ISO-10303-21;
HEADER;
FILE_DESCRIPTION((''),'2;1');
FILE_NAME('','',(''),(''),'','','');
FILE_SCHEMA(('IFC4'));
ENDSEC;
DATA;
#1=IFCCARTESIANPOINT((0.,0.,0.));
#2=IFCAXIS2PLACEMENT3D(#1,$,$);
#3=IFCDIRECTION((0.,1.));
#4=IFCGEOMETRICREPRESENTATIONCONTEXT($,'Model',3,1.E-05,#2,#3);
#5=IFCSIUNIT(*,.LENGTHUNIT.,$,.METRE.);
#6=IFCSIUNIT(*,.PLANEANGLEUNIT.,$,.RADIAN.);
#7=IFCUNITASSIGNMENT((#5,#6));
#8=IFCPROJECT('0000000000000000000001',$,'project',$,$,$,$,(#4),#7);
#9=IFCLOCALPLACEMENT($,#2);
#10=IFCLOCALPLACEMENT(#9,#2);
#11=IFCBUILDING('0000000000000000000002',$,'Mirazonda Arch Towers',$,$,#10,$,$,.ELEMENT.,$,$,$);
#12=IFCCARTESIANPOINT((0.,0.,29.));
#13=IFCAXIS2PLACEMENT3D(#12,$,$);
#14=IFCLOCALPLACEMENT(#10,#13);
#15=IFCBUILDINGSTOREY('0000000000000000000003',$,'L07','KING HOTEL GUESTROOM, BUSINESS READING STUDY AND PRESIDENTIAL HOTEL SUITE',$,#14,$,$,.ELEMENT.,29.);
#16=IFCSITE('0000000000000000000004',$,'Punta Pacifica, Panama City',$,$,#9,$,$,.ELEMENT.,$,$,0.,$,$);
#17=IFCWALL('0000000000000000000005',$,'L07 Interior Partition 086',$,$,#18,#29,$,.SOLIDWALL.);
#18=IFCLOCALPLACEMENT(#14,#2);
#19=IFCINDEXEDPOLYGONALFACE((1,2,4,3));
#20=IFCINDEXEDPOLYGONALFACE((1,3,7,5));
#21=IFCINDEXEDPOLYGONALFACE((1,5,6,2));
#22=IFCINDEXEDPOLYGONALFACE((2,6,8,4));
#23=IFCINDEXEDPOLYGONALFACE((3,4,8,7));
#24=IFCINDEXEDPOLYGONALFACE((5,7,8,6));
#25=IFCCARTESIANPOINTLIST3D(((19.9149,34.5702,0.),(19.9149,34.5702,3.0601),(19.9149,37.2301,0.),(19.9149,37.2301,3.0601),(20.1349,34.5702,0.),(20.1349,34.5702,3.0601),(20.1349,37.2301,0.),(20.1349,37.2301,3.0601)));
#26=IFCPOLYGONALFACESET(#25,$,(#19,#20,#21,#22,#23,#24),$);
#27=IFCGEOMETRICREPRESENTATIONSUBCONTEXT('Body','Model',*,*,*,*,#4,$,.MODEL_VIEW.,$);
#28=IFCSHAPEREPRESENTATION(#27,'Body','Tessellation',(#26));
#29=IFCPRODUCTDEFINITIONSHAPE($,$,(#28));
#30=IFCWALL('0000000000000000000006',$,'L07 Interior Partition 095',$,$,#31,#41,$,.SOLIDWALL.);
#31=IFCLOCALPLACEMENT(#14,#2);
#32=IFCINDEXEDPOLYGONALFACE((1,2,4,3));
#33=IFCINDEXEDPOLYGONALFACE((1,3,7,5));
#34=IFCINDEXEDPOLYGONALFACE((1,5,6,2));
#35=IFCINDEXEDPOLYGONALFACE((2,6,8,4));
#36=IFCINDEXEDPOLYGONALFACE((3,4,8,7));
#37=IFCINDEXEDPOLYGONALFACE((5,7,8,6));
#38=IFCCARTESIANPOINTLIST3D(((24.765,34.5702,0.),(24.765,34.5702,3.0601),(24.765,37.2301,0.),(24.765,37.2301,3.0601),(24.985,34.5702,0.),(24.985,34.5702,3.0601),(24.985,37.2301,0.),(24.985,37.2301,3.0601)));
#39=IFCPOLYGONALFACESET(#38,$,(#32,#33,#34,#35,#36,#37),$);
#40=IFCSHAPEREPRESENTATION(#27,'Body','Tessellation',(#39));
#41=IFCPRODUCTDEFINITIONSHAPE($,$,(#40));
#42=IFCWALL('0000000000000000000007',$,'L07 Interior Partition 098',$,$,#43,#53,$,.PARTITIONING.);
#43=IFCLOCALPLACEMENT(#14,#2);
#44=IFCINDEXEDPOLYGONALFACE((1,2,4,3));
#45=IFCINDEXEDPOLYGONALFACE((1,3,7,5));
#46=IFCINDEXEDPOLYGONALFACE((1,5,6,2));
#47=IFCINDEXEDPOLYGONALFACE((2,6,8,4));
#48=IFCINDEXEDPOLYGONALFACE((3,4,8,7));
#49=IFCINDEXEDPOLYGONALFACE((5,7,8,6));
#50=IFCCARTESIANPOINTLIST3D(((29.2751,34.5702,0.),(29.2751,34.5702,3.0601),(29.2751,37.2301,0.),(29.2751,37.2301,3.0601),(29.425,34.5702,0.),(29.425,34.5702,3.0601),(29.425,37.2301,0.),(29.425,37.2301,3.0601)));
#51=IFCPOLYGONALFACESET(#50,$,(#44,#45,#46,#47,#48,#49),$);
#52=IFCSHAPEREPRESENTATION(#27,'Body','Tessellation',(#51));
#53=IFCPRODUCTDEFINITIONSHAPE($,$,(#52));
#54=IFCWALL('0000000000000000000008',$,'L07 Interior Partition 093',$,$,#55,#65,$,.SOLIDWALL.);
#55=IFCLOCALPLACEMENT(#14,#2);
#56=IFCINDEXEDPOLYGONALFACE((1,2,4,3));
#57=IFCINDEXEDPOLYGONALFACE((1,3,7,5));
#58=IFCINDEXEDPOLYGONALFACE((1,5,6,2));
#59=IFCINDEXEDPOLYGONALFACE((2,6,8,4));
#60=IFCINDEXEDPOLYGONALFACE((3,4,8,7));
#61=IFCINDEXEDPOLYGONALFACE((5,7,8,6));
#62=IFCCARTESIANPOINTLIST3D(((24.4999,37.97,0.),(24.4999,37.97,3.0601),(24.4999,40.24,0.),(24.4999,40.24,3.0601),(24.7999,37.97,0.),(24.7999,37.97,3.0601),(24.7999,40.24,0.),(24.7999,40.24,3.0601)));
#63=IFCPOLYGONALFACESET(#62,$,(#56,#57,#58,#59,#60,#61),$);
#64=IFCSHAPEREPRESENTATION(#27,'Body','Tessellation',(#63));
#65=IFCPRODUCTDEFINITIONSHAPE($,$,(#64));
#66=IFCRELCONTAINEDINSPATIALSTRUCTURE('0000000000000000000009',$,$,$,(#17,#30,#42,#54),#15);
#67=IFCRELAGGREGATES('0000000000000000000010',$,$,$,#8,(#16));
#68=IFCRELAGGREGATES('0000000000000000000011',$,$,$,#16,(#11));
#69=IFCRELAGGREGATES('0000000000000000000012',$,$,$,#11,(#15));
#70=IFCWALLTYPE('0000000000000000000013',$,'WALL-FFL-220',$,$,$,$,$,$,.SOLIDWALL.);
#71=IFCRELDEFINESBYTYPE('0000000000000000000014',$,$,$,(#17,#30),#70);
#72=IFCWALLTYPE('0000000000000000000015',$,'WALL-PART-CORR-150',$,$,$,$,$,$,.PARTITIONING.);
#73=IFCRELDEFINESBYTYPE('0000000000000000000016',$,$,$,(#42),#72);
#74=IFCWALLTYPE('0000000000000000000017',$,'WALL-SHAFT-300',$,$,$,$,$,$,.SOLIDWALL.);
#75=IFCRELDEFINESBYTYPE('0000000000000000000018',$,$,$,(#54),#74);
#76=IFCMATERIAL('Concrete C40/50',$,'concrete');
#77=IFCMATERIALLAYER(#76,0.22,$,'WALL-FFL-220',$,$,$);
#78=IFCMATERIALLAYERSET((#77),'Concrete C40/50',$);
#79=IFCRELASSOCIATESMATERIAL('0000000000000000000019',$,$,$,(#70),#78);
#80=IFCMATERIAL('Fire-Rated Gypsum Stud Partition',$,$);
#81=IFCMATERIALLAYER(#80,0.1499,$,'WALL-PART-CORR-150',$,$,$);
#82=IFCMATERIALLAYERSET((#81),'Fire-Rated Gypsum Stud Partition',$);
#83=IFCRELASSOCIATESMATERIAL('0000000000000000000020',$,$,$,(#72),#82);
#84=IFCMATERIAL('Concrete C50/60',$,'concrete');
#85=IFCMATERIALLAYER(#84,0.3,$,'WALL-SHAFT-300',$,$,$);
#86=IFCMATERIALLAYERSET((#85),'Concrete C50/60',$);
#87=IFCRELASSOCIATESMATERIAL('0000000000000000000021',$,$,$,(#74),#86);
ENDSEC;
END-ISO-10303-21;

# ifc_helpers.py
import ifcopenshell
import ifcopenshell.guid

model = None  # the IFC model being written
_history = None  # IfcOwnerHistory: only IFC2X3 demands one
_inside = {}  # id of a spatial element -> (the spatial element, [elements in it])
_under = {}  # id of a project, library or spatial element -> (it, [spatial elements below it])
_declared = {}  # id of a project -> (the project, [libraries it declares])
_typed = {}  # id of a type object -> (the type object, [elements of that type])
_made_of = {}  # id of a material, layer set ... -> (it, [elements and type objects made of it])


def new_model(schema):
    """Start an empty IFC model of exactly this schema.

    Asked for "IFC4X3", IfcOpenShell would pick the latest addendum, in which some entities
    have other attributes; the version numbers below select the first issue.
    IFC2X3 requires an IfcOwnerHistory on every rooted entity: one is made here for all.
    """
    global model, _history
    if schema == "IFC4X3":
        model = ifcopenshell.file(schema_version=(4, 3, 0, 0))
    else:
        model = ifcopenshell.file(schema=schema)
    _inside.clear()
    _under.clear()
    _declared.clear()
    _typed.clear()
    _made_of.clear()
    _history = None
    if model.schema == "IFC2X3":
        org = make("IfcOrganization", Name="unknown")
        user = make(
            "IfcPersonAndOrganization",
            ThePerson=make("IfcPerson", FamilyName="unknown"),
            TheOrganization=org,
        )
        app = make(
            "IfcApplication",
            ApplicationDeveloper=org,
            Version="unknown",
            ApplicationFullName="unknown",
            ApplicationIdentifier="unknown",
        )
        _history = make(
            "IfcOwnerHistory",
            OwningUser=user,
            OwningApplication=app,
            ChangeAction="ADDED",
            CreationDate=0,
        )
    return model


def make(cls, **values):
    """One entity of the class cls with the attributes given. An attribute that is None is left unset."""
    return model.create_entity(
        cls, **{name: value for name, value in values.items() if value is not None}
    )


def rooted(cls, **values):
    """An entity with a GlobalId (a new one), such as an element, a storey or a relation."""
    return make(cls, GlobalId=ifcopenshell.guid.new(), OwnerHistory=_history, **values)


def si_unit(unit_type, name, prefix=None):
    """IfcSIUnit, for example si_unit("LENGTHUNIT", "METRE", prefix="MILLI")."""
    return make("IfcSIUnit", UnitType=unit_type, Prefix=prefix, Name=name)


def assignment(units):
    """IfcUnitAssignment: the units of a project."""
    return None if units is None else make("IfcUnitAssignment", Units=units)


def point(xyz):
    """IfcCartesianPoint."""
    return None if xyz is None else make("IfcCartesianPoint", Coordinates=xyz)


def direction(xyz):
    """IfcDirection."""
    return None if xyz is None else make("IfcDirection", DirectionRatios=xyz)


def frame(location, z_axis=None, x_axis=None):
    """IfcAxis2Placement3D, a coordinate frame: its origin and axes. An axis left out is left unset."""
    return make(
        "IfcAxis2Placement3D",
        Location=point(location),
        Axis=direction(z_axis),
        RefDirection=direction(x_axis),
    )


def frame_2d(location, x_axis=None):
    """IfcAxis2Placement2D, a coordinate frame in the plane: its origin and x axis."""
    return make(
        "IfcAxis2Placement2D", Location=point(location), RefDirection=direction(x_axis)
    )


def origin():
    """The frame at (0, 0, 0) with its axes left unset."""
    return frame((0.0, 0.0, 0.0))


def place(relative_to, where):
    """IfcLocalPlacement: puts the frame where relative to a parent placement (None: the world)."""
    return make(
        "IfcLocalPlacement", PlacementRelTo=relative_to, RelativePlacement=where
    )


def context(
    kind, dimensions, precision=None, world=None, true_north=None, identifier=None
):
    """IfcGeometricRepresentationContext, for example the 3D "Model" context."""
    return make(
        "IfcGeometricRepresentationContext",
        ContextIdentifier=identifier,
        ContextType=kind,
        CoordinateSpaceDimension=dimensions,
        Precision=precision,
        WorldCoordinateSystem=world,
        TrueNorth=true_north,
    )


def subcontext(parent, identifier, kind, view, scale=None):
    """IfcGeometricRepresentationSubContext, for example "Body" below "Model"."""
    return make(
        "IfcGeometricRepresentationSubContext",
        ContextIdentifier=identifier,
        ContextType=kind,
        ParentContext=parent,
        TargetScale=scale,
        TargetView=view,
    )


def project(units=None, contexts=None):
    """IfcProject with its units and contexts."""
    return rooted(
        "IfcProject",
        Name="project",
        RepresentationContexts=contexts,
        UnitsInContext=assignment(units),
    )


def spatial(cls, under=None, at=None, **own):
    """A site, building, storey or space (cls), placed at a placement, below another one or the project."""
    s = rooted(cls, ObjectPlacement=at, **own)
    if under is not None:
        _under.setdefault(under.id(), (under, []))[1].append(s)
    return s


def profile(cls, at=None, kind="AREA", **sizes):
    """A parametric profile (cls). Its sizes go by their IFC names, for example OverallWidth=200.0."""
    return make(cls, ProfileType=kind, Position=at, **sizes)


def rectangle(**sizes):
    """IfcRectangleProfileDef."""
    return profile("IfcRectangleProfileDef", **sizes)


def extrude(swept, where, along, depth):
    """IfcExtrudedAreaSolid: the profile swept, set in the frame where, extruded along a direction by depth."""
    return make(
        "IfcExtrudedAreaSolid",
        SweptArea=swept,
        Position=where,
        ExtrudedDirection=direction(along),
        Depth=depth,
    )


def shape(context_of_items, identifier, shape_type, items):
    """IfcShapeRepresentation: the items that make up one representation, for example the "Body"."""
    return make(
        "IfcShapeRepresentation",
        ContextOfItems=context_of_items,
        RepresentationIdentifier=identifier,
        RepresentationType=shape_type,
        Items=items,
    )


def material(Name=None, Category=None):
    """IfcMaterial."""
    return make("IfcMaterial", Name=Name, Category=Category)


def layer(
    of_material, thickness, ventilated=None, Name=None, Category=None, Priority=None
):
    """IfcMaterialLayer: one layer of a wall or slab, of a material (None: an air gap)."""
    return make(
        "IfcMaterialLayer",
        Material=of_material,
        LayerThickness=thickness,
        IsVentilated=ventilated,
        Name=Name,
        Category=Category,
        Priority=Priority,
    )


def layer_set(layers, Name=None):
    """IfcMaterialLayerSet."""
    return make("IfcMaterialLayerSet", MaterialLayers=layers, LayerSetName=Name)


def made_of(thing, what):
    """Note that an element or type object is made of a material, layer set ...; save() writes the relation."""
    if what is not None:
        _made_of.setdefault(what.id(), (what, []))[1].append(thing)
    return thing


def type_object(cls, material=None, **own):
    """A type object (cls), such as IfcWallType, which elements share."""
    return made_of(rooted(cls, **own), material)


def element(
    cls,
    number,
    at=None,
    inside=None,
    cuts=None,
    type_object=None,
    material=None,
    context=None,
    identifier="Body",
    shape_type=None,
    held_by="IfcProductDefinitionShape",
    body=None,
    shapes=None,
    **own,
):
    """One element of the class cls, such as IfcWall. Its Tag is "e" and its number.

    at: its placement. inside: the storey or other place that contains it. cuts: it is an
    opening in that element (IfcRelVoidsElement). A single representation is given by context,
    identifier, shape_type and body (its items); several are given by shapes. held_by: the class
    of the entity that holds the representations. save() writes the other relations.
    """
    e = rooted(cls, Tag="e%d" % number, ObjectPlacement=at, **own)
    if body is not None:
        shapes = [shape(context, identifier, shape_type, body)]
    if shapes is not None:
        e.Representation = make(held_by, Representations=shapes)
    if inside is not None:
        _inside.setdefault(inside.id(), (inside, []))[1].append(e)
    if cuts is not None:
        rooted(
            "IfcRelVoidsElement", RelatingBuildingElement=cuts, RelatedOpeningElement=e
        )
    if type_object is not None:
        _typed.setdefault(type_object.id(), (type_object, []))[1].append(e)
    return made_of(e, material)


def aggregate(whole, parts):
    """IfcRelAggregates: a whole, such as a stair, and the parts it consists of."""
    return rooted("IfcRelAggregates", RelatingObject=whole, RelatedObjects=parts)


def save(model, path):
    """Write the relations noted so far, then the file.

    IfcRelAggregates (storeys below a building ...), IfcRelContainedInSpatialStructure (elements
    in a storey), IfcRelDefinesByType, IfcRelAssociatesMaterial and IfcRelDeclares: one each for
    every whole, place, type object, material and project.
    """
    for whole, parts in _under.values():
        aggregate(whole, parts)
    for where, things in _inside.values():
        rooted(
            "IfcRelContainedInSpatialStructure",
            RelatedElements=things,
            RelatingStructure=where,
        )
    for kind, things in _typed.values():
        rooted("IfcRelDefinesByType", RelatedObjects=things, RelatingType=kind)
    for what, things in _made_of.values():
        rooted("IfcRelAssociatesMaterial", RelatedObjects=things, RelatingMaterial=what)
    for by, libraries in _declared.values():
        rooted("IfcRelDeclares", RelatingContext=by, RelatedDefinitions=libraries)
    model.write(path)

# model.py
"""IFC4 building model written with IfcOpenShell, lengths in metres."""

from ifc_helpers import new_model, si_unit, direction, frame, frame_2d, origin, place, context, subcontext, project, spatial, rectangle, extrude, material, layer, layer_set, type_object, element, save


model = new_model("IFC4")

# Units and contexts
model_context = context("Model", 3, precision=1e-05, world=origin(), true_north=direction((0.0, 1.0)))
body_context = subcontext(model_context, "Body", "Model", "MODEL_VIEW")
ifc_project = project(units=[si_unit("LENGTHUNIT", "METRE"), si_unit("PLANEANGLEUNIT", "RADIAN")], contexts=[model_context])

# Site, building, storey
site_placement = place(None, origin())
site = spatial("IfcSite", under=ifc_project, at=site_placement, Name="Punta Pacifica, Panama City", CompositionType="ELEMENT", RefElevation=0.0)
building_placement = place(site_placement, origin())
building = spatial("IfcBuilding", under=site, at=building_placement, Name="Mirazonda Arch Towers", CompositionType="ELEMENT")
storey_placement = place(building_placement, frame((0.0, 0.0, 29.0)))
storey = spatial("IfcBuildingStorey", under=building, at=storey_placement, Name="L07", Description="KING HOTEL GUESTROOM, BUSINESS READING STUDY AND PRESIDENTIAL HOTEL SUITE", CompositionType="ELEMENT", Elevation=29.0)

# Walls
ifc_material_1 = material(Name="Concrete C40/50", Category="concrete")
ifc_layer_1 = layer(ifc_material_1, 0.22, Name="WALL-FFL-220")
ifc_layer_set_1 = layer_set([ifc_layer_1], Name="Concrete C40/50")
wall_type_1 = type_object("IfcWallType", Name="WALL-FFL-220", PredefinedType="SOLIDWALL", material=ifc_layer_set_1)
for number, where, z_axis, x_axis, name in (
    (1, (20.0249, 34.5701, 0.0), (0.0, 0.0, 1.0), (0.0, 1.0, 0.0), "L07 Interior Partition 086"),
    (2, (24.875, 34.5701, 0.0), (0.0, 0.0, 1.0), (0.0, 1.0, 0.0), "L07 Interior Partition 095"),
):
    element("IfcWall", number, at=place(storey_placement, frame(where, z_axis=z_axis, x_axis=x_axis)), inside=storey, type_object=wall_type_1, Name=name, PredefinedType="SOLIDWALL", context=body_context, shape_type="SweptSolid", body=[
        extrude(rectangle(XDim=2.6599, YDim=0.22, at=frame_2d((1.3301, 0.0))), origin(), (0.0, 0.0, 1.0), 3.0601),
    ])
ifc_material_2 = material(Name="Fire-Rated Gypsum Stud Partition")
ifc_layer_2 = layer(ifc_material_2, 0.1499, Name="WALL-PART-CORR-150")
ifc_layer_set_2 = layer_set([ifc_layer_2], Name="Fire-Rated Gypsum Stud Partition")
wall_type_2 = type_object("IfcWallType", Name="WALL-PART-CORR-150", PredefinedType="PARTITIONING", material=ifc_layer_set_2)
wall_1_placement = place(storey_placement, frame((29.3501, 34.5701, 0.0), z_axis=(0.0, 0.0, 1.0), x_axis=(0.0, 1.0, 0.0)))
element("IfcWall", 3, at=wall_1_placement, inside=storey, type_object=wall_type_2, Name="L07 Interior Partition 098", PredefinedType="PARTITIONING", context=body_context, shape_type="SweptSolid", body=[
    extrude(rectangle(XDim=2.6599, YDim=0.1499, at=frame_2d((1.3301, 0.0))), origin(), (0.0, 0.0, 1.0), 3.0601),
])
ifc_material_3 = material(Name="Concrete C50/60", Category="concrete")
ifc_layer_3 = layer(ifc_material_3, 0.3, Name="WALL-SHAFT-300")
ifc_layer_set_3 = layer_set([ifc_layer_3], Name="Concrete C50/60")
wall_type_3 = type_object("IfcWallType", Name="WALL-SHAFT-300", PredefinedType="SOLIDWALL", material=ifc_layer_set_3)
wall_2_placement = place(storey_placement, frame((24.6499, 37.97, 0.0), z_axis=(0.0, 0.0, 1.0), x_axis=(0.0, 1.0, 0.0)))
element("IfcWall", 4, at=wall_2_placement, inside=storey, type_object=wall_type_3, Name="L07 Interior Partition 093", PredefinedType="SOLIDWALL", context=body_context, shape_type="SweptSolid", body=[
    extrude(rectangle(XDim=2.27, YDim=0.3, at=frame_2d((1.135, 0.0))), origin(), (0.0, 0.0, 1.0), 3.0601),
])

save(model, "model.ifc")
